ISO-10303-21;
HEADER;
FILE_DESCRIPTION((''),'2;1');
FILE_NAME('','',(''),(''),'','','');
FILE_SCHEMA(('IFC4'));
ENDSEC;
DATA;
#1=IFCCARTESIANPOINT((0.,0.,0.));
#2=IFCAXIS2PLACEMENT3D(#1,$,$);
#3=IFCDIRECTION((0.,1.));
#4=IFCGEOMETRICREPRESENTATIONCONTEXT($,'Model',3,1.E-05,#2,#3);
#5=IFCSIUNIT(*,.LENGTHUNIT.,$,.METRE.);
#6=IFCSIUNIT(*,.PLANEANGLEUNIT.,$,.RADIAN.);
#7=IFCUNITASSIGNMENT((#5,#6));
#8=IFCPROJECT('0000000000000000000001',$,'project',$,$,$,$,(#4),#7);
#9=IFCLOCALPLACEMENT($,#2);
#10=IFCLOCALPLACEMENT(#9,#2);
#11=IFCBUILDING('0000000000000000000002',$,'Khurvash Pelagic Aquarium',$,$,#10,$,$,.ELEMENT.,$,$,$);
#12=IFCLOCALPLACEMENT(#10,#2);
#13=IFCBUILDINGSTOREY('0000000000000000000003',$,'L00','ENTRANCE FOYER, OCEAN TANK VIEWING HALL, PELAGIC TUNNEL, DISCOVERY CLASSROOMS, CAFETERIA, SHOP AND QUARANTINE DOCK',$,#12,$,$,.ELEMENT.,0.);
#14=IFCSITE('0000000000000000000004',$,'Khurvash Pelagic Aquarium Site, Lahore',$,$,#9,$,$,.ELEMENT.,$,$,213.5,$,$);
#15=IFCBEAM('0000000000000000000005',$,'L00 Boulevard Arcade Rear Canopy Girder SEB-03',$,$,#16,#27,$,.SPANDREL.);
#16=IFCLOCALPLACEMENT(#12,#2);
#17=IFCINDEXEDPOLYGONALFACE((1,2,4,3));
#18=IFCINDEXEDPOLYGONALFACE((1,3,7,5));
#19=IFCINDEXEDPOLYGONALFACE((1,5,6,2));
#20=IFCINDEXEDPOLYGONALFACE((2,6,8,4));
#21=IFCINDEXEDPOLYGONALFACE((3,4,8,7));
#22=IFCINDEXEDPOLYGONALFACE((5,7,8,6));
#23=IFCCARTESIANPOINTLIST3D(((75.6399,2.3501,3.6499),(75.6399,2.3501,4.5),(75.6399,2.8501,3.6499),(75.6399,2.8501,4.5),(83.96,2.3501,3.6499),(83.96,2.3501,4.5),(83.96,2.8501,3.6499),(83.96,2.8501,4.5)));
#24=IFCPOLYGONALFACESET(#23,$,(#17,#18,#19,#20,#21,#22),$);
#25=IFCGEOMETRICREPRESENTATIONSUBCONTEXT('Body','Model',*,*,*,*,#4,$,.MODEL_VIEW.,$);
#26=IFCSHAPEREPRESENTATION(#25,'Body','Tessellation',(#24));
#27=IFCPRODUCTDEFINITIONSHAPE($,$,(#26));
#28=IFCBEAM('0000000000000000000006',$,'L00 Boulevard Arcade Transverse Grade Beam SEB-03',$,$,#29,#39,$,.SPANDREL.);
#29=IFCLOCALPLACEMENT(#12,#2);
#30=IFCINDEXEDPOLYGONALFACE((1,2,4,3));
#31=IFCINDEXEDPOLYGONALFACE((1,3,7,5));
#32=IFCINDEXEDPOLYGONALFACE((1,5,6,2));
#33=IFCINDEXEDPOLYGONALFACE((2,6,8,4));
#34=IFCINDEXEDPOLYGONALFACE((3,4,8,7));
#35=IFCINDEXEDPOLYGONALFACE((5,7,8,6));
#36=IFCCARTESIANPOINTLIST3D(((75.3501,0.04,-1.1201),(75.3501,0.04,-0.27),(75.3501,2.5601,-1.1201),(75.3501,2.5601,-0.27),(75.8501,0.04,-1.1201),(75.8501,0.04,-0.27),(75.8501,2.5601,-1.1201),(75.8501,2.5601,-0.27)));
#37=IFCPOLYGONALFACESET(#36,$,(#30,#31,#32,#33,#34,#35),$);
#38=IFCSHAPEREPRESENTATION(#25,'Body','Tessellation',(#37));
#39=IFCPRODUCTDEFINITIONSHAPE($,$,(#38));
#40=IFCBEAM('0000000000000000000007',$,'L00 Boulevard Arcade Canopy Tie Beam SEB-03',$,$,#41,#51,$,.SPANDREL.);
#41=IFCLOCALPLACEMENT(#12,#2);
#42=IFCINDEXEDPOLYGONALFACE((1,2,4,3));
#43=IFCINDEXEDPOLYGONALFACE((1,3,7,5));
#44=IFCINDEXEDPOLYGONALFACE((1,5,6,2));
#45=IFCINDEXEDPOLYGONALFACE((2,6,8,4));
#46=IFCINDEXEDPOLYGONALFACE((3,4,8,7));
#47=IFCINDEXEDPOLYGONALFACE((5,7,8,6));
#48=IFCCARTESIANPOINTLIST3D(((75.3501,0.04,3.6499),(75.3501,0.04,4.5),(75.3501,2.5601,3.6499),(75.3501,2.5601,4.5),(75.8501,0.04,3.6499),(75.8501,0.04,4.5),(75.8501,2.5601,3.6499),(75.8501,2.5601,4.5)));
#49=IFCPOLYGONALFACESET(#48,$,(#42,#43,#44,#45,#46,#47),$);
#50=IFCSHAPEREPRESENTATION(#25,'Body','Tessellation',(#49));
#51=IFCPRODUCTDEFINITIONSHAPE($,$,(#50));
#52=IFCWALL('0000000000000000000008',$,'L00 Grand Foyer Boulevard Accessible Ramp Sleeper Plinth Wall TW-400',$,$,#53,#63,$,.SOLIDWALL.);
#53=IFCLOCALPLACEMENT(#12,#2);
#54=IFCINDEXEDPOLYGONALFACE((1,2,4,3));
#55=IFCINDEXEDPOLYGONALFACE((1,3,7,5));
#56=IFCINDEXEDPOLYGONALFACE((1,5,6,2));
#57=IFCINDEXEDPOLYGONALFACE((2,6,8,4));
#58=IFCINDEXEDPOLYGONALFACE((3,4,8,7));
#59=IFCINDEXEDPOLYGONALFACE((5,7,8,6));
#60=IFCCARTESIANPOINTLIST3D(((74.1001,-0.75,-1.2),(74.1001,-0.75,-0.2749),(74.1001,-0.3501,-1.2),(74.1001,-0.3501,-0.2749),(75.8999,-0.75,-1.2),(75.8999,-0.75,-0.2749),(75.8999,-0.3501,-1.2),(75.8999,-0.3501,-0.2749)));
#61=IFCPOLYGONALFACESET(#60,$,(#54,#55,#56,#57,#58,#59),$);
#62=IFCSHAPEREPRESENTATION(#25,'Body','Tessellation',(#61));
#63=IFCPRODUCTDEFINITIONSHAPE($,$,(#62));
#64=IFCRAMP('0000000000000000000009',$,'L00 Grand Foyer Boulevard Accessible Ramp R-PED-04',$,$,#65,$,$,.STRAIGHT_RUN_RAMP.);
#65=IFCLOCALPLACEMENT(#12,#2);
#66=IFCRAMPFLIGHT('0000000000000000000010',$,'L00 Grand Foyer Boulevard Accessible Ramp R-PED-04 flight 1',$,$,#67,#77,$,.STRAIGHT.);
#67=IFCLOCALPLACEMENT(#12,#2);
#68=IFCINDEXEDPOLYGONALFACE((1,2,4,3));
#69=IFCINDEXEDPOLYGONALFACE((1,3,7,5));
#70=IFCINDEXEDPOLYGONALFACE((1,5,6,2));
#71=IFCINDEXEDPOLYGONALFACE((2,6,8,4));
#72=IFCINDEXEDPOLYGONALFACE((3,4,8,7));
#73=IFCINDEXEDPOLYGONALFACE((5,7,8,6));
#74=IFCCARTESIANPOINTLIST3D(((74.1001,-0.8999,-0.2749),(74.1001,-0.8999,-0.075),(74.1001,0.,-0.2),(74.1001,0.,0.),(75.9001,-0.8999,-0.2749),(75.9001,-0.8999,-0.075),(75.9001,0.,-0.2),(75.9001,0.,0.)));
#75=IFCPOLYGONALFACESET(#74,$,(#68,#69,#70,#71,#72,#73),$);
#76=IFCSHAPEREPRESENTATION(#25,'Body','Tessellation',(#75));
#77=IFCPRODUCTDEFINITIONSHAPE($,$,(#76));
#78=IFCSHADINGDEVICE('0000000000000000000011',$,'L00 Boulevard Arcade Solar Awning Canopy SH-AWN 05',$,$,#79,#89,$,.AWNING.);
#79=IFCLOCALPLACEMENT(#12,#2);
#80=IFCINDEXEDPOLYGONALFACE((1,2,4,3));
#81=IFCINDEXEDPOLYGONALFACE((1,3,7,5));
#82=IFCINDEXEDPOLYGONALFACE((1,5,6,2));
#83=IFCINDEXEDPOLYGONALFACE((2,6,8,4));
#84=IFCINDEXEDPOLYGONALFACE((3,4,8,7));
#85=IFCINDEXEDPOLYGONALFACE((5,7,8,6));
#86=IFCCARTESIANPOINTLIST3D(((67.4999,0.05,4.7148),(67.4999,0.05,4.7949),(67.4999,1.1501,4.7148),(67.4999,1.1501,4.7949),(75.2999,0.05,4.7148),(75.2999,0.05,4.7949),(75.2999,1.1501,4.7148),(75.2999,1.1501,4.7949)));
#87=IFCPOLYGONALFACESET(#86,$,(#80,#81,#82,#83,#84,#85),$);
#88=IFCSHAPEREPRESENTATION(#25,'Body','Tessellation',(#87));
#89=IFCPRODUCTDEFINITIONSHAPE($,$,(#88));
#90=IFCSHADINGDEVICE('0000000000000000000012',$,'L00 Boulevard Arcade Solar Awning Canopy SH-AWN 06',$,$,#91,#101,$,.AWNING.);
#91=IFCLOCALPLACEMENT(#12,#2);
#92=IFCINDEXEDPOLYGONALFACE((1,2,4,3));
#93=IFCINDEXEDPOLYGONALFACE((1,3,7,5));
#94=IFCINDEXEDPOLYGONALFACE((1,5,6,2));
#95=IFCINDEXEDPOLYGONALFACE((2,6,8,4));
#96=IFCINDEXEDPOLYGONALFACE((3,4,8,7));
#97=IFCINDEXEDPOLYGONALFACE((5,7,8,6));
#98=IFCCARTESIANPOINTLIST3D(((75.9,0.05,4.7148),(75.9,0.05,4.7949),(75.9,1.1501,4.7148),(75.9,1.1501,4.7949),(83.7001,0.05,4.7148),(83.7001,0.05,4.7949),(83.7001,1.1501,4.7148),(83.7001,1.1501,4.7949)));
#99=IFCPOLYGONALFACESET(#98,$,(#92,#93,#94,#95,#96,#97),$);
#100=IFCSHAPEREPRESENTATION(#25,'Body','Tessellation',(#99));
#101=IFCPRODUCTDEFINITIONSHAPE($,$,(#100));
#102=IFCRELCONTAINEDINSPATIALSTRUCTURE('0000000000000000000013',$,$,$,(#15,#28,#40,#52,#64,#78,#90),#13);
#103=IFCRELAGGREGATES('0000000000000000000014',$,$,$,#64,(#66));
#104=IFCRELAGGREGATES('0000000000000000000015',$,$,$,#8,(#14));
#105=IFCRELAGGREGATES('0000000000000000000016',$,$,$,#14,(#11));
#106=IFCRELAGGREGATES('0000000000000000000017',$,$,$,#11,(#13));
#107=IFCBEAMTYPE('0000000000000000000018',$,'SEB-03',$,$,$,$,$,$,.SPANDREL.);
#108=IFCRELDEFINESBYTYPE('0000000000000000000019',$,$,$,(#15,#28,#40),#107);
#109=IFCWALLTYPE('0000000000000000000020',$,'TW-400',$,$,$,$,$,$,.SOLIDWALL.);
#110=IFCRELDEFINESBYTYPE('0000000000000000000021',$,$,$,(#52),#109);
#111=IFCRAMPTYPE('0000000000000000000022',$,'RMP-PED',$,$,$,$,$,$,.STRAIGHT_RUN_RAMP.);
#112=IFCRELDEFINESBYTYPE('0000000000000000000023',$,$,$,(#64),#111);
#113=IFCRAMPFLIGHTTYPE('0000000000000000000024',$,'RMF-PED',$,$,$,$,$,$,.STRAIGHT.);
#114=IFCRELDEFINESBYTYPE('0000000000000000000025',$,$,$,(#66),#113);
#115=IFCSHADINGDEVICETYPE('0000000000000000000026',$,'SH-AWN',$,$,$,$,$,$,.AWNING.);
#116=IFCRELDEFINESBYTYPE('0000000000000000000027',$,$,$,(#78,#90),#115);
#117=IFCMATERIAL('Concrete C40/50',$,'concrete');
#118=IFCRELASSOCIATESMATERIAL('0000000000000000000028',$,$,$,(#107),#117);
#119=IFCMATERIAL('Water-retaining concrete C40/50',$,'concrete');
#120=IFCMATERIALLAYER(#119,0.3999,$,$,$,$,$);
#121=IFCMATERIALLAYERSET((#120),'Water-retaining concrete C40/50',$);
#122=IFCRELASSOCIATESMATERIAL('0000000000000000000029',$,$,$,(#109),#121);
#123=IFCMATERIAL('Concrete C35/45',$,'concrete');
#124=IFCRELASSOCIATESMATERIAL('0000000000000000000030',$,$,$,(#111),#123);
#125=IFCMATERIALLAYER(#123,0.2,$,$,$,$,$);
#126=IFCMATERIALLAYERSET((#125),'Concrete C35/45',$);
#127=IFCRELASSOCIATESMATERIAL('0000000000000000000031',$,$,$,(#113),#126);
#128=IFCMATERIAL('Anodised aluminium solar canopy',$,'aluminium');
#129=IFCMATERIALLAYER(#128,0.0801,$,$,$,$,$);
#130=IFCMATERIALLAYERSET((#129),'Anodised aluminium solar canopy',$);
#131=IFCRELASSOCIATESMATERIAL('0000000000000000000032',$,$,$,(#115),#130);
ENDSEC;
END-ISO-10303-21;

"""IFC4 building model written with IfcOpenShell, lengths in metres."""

from ifc_helpers import new_model, si_unit, direction, frame, frame_2d, origin, origin_2d, place, context, subcontext, project, spatial, polyline, rectangle, outline, extrude, material, layer, layer_set, material_profile, profile_set, type_object, element, aggregate, save


model = new_model("IFC4")

# Units and contexts
model_context = context("Model", 3, precision=1e-05, world=origin(), true_north=direction((0.0, 1.0)))
body_context = subcontext(model_context, "Body", "Model", "MODEL_VIEW")
ifc_project = project(units=[si_unit("LENGTHUNIT", "METRE"), si_unit("PLANEANGLEUNIT", "RADIAN")], contexts=[model_context])

# Site, building, storey
site_placement = place(None, origin())
site = spatial("IfcSite", under=ifc_project, at=site_placement, Name="Khurvash Pelagic Aquarium Site, Lahore", CompositionType="ELEMENT", RefElevation=213.5)
building_placement = place(site_placement, origin())
building = spatial("IfcBuilding", under=site, at=building_placement, Name="Khurvash Pelagic Aquarium", CompositionType="ELEMENT")
storey_placement = place(building_placement, origin())
storey = spatial("IfcBuildingStorey", under=building, at=storey_placement, Name="L00", Description="ENTRANCE FOYER, OCEAN TANK VIEWING HALL, PELAGIC TUNNEL, DISCOVERY CLASSROOMS, CAFETERIA, SHOP AND QUARANTINE DOCK", CompositionType="ELEMENT", Elevation=0.0)

# Shared definitions
ifc_material_1 = material(Name="Concrete C40/50", Category="concrete")

# Beams
ifc_material_2 = material(Name="Concrete C35/45", Category="concrete")
ifc_material_profile_1 = material_profile(ifc_material_1, rectangle(XDim=0.5, YDim=0.8501, at=origin_2d()), Name="RC500X850")
ifc_profile_set_1 = profile_set([ifc_material_profile_1], Name="Concrete C40/50")
beam_type_1 = type_object("IfcBeamType", Name="SEB-03", PredefinedType="SPANDREL", material=ifc_profile_set_1)
for number, where, z_axis, x_axis, name in (
    (1, (75.6399, 2.6001, 4.075), (1.0, 0.0, 0.0), (0.0, 1.0, 0.0), "L00 Boulevard Arcade Rear Canopy Girder SEB-03"),
):
    element("IfcBeam", number, at=place(storey_placement, frame(where, z_axis=z_axis, x_axis=x_axis)), inside=storey, type_object=beam_type_1, Name=name, PredefinedType="SPANDREL", context=body_context, shape_type="SweptSolid", body=[
        extrude(rectangle(XDim=0.5, YDim=0.8501, at=origin_2d()), origin(), (0.0, 0.0, 1.0), 8.3201),
    ])
for number, where, z_axis, x_axis, name in (
    (2, (75.6001, 0.04, -0.6951), (0.0, 1.0, 0.0), (-1.0, 0.0, 0.0), "L00 Boulevard Arcade Transverse Grade Beam SEB-03"),
    (3, (75.6001, 0.04, 4.075), (0.0, 1.0, 0.0), (-1.0, 0.0, 0.0), "L00 Boulevard Arcade Canopy Tie Beam SEB-03"),
):
    element("IfcBeam", number, at=place(storey_placement, frame(where, z_axis=z_axis, x_axis=x_axis)), inside=storey, type_object=beam_type_1, Name=name, PredefinedType="SPANDREL", context=body_context, shape_type="SweptSolid", body=[
        extrude(rectangle(XDim=0.5, YDim=0.8501, at=origin_2d()), origin(), (0.0, 0.0, 1.0), 2.52),
    ])

# Wall
ifc_material_3 = material(Name="Water-retaining concrete C40/50", Category="concrete")
ifc_layer_1 = layer(ifc_material_3, 0.3999)
ifc_layer_set_1 = layer_set([ifc_layer_1], Name="Water-retaining concrete C40/50")
wall_type_1 = type_object("IfcWallType", Name="TW-400", PredefinedType="SOLIDWALL", material=ifc_layer_set_1)
wall_1_placement = place(storey_placement, frame((74.1001, -0.55, -1.2), z_axis=(0.0, 0.0, 1.0), x_axis=(1.0, 0.0, 0.0)))
element("IfcWall", 4, at=wall_1_placement, inside=storey, type_object=wall_type_1, Name="L00 Grand Foyer Boulevard Accessible Ramp Sleeper Plinth Wall TW-400", PredefinedType="SOLIDWALL", context=body_context, shape_type="SweptSolid", body=[
    extrude(rectangle(XDim=1.7998, YDim=0.3999, at=frame_2d((0.8999, 0.0))), origin(), (0.0, 0.0, 1.0), 0.925),
])

# Ramp, ramp flight
ramp_type = type_object("IfcRampType", Name="RMP-PED", PredefinedType="STRAIGHT_RUN_RAMP", material=ifc_material_2)
ramp_placement = place(storey_placement, origin())
ramp = element("IfcRamp", 5, at=ramp_placement, inside=storey, type_object=ramp_type, Name="L00 Grand Foyer Boulevard Accessible Ramp R-PED-04", PredefinedType="STRAIGHT_RUN_RAMP")
ifc_layer_2 = layer(ifc_material_2, 0.2)
ifc_layer_set_2 = layer_set([ifc_layer_2], Name="Concrete C35/45")
ramp_flight_type = type_object("IfcRampFlightType", Name="RMF-PED", PredefinedType="STRAIGHT", material=ifc_layer_set_2)
ramp_flight_placement = place(storey_placement, frame((75.0, -0.8999, -0.075), z_axis=(0.0, 0.0, 1.0), x_axis=(0.0, 1.0, 0.0)))
ramp_flight = element("IfcRampFlight", 6, at=ramp_flight_placement, type_object=ramp_flight_type, Name="L00 Grand Foyer Boulevard Accessible Ramp R-PED-04 flight 1", PredefinedType="STRAIGHT", context=body_context, shape_type="SweptSolid", body=[
    extrude(outline(polyline([(0.0, 0.0), (0.8999, 0.075), (0.8999, -0.125), (0.0, -0.2), (0.0, 0.0)])), frame((0.0, 0.8999, 0.0), z_axis=(0.0, -1.0, 0.0), x_axis=(1.0, 0.0, 0.0)), (0.0, 0.0, 1.0), 1.8),
])
aggregate(ramp, [ramp_flight])

# Shading devices
ifc_material_4 = material(Name="Anodised aluminium solar canopy", Category="aluminium")
ifc_layer_3 = layer(ifc_material_4, 0.0801)
ifc_layer_set_3 = layer_set([ifc_layer_3], Name="Anodised aluminium solar canopy")
shading_device_type = type_object("IfcShadingDeviceType", Name="SH-AWN", PredefinedType="AWNING", material=ifc_layer_set_3)
for number, where, z_axis, x_axis, name in (
    (7, (71.3999, 0.6001, 4.7148), (0.0, 0.0, 1.0), (1.0, 0.0, 0.0), "L00 Boulevard Arcade Solar Awning Canopy SH-AWN 05"),
    (8, (79.8, 0.6001, 4.7148), (0.0, 0.0, 1.0), (1.0, 0.0, 0.0), "L00 Boulevard Arcade Solar Awning Canopy SH-AWN 06"),
):
    element("IfcShadingDevice", number, at=place(storey_placement, frame(where, z_axis=z_axis, x_axis=x_axis)), inside=storey, type_object=shading_device_type, Name=name, PredefinedType="AWNING", context=body_context, shape_type="SweptSolid", body=[
        extrude(rectangle(XDim=7.8, YDim=1.1001, at=origin_2d()), origin(), (0.0, 0.0, 1.0), 0.0801),
    ])

save(model, "model.ifc")
